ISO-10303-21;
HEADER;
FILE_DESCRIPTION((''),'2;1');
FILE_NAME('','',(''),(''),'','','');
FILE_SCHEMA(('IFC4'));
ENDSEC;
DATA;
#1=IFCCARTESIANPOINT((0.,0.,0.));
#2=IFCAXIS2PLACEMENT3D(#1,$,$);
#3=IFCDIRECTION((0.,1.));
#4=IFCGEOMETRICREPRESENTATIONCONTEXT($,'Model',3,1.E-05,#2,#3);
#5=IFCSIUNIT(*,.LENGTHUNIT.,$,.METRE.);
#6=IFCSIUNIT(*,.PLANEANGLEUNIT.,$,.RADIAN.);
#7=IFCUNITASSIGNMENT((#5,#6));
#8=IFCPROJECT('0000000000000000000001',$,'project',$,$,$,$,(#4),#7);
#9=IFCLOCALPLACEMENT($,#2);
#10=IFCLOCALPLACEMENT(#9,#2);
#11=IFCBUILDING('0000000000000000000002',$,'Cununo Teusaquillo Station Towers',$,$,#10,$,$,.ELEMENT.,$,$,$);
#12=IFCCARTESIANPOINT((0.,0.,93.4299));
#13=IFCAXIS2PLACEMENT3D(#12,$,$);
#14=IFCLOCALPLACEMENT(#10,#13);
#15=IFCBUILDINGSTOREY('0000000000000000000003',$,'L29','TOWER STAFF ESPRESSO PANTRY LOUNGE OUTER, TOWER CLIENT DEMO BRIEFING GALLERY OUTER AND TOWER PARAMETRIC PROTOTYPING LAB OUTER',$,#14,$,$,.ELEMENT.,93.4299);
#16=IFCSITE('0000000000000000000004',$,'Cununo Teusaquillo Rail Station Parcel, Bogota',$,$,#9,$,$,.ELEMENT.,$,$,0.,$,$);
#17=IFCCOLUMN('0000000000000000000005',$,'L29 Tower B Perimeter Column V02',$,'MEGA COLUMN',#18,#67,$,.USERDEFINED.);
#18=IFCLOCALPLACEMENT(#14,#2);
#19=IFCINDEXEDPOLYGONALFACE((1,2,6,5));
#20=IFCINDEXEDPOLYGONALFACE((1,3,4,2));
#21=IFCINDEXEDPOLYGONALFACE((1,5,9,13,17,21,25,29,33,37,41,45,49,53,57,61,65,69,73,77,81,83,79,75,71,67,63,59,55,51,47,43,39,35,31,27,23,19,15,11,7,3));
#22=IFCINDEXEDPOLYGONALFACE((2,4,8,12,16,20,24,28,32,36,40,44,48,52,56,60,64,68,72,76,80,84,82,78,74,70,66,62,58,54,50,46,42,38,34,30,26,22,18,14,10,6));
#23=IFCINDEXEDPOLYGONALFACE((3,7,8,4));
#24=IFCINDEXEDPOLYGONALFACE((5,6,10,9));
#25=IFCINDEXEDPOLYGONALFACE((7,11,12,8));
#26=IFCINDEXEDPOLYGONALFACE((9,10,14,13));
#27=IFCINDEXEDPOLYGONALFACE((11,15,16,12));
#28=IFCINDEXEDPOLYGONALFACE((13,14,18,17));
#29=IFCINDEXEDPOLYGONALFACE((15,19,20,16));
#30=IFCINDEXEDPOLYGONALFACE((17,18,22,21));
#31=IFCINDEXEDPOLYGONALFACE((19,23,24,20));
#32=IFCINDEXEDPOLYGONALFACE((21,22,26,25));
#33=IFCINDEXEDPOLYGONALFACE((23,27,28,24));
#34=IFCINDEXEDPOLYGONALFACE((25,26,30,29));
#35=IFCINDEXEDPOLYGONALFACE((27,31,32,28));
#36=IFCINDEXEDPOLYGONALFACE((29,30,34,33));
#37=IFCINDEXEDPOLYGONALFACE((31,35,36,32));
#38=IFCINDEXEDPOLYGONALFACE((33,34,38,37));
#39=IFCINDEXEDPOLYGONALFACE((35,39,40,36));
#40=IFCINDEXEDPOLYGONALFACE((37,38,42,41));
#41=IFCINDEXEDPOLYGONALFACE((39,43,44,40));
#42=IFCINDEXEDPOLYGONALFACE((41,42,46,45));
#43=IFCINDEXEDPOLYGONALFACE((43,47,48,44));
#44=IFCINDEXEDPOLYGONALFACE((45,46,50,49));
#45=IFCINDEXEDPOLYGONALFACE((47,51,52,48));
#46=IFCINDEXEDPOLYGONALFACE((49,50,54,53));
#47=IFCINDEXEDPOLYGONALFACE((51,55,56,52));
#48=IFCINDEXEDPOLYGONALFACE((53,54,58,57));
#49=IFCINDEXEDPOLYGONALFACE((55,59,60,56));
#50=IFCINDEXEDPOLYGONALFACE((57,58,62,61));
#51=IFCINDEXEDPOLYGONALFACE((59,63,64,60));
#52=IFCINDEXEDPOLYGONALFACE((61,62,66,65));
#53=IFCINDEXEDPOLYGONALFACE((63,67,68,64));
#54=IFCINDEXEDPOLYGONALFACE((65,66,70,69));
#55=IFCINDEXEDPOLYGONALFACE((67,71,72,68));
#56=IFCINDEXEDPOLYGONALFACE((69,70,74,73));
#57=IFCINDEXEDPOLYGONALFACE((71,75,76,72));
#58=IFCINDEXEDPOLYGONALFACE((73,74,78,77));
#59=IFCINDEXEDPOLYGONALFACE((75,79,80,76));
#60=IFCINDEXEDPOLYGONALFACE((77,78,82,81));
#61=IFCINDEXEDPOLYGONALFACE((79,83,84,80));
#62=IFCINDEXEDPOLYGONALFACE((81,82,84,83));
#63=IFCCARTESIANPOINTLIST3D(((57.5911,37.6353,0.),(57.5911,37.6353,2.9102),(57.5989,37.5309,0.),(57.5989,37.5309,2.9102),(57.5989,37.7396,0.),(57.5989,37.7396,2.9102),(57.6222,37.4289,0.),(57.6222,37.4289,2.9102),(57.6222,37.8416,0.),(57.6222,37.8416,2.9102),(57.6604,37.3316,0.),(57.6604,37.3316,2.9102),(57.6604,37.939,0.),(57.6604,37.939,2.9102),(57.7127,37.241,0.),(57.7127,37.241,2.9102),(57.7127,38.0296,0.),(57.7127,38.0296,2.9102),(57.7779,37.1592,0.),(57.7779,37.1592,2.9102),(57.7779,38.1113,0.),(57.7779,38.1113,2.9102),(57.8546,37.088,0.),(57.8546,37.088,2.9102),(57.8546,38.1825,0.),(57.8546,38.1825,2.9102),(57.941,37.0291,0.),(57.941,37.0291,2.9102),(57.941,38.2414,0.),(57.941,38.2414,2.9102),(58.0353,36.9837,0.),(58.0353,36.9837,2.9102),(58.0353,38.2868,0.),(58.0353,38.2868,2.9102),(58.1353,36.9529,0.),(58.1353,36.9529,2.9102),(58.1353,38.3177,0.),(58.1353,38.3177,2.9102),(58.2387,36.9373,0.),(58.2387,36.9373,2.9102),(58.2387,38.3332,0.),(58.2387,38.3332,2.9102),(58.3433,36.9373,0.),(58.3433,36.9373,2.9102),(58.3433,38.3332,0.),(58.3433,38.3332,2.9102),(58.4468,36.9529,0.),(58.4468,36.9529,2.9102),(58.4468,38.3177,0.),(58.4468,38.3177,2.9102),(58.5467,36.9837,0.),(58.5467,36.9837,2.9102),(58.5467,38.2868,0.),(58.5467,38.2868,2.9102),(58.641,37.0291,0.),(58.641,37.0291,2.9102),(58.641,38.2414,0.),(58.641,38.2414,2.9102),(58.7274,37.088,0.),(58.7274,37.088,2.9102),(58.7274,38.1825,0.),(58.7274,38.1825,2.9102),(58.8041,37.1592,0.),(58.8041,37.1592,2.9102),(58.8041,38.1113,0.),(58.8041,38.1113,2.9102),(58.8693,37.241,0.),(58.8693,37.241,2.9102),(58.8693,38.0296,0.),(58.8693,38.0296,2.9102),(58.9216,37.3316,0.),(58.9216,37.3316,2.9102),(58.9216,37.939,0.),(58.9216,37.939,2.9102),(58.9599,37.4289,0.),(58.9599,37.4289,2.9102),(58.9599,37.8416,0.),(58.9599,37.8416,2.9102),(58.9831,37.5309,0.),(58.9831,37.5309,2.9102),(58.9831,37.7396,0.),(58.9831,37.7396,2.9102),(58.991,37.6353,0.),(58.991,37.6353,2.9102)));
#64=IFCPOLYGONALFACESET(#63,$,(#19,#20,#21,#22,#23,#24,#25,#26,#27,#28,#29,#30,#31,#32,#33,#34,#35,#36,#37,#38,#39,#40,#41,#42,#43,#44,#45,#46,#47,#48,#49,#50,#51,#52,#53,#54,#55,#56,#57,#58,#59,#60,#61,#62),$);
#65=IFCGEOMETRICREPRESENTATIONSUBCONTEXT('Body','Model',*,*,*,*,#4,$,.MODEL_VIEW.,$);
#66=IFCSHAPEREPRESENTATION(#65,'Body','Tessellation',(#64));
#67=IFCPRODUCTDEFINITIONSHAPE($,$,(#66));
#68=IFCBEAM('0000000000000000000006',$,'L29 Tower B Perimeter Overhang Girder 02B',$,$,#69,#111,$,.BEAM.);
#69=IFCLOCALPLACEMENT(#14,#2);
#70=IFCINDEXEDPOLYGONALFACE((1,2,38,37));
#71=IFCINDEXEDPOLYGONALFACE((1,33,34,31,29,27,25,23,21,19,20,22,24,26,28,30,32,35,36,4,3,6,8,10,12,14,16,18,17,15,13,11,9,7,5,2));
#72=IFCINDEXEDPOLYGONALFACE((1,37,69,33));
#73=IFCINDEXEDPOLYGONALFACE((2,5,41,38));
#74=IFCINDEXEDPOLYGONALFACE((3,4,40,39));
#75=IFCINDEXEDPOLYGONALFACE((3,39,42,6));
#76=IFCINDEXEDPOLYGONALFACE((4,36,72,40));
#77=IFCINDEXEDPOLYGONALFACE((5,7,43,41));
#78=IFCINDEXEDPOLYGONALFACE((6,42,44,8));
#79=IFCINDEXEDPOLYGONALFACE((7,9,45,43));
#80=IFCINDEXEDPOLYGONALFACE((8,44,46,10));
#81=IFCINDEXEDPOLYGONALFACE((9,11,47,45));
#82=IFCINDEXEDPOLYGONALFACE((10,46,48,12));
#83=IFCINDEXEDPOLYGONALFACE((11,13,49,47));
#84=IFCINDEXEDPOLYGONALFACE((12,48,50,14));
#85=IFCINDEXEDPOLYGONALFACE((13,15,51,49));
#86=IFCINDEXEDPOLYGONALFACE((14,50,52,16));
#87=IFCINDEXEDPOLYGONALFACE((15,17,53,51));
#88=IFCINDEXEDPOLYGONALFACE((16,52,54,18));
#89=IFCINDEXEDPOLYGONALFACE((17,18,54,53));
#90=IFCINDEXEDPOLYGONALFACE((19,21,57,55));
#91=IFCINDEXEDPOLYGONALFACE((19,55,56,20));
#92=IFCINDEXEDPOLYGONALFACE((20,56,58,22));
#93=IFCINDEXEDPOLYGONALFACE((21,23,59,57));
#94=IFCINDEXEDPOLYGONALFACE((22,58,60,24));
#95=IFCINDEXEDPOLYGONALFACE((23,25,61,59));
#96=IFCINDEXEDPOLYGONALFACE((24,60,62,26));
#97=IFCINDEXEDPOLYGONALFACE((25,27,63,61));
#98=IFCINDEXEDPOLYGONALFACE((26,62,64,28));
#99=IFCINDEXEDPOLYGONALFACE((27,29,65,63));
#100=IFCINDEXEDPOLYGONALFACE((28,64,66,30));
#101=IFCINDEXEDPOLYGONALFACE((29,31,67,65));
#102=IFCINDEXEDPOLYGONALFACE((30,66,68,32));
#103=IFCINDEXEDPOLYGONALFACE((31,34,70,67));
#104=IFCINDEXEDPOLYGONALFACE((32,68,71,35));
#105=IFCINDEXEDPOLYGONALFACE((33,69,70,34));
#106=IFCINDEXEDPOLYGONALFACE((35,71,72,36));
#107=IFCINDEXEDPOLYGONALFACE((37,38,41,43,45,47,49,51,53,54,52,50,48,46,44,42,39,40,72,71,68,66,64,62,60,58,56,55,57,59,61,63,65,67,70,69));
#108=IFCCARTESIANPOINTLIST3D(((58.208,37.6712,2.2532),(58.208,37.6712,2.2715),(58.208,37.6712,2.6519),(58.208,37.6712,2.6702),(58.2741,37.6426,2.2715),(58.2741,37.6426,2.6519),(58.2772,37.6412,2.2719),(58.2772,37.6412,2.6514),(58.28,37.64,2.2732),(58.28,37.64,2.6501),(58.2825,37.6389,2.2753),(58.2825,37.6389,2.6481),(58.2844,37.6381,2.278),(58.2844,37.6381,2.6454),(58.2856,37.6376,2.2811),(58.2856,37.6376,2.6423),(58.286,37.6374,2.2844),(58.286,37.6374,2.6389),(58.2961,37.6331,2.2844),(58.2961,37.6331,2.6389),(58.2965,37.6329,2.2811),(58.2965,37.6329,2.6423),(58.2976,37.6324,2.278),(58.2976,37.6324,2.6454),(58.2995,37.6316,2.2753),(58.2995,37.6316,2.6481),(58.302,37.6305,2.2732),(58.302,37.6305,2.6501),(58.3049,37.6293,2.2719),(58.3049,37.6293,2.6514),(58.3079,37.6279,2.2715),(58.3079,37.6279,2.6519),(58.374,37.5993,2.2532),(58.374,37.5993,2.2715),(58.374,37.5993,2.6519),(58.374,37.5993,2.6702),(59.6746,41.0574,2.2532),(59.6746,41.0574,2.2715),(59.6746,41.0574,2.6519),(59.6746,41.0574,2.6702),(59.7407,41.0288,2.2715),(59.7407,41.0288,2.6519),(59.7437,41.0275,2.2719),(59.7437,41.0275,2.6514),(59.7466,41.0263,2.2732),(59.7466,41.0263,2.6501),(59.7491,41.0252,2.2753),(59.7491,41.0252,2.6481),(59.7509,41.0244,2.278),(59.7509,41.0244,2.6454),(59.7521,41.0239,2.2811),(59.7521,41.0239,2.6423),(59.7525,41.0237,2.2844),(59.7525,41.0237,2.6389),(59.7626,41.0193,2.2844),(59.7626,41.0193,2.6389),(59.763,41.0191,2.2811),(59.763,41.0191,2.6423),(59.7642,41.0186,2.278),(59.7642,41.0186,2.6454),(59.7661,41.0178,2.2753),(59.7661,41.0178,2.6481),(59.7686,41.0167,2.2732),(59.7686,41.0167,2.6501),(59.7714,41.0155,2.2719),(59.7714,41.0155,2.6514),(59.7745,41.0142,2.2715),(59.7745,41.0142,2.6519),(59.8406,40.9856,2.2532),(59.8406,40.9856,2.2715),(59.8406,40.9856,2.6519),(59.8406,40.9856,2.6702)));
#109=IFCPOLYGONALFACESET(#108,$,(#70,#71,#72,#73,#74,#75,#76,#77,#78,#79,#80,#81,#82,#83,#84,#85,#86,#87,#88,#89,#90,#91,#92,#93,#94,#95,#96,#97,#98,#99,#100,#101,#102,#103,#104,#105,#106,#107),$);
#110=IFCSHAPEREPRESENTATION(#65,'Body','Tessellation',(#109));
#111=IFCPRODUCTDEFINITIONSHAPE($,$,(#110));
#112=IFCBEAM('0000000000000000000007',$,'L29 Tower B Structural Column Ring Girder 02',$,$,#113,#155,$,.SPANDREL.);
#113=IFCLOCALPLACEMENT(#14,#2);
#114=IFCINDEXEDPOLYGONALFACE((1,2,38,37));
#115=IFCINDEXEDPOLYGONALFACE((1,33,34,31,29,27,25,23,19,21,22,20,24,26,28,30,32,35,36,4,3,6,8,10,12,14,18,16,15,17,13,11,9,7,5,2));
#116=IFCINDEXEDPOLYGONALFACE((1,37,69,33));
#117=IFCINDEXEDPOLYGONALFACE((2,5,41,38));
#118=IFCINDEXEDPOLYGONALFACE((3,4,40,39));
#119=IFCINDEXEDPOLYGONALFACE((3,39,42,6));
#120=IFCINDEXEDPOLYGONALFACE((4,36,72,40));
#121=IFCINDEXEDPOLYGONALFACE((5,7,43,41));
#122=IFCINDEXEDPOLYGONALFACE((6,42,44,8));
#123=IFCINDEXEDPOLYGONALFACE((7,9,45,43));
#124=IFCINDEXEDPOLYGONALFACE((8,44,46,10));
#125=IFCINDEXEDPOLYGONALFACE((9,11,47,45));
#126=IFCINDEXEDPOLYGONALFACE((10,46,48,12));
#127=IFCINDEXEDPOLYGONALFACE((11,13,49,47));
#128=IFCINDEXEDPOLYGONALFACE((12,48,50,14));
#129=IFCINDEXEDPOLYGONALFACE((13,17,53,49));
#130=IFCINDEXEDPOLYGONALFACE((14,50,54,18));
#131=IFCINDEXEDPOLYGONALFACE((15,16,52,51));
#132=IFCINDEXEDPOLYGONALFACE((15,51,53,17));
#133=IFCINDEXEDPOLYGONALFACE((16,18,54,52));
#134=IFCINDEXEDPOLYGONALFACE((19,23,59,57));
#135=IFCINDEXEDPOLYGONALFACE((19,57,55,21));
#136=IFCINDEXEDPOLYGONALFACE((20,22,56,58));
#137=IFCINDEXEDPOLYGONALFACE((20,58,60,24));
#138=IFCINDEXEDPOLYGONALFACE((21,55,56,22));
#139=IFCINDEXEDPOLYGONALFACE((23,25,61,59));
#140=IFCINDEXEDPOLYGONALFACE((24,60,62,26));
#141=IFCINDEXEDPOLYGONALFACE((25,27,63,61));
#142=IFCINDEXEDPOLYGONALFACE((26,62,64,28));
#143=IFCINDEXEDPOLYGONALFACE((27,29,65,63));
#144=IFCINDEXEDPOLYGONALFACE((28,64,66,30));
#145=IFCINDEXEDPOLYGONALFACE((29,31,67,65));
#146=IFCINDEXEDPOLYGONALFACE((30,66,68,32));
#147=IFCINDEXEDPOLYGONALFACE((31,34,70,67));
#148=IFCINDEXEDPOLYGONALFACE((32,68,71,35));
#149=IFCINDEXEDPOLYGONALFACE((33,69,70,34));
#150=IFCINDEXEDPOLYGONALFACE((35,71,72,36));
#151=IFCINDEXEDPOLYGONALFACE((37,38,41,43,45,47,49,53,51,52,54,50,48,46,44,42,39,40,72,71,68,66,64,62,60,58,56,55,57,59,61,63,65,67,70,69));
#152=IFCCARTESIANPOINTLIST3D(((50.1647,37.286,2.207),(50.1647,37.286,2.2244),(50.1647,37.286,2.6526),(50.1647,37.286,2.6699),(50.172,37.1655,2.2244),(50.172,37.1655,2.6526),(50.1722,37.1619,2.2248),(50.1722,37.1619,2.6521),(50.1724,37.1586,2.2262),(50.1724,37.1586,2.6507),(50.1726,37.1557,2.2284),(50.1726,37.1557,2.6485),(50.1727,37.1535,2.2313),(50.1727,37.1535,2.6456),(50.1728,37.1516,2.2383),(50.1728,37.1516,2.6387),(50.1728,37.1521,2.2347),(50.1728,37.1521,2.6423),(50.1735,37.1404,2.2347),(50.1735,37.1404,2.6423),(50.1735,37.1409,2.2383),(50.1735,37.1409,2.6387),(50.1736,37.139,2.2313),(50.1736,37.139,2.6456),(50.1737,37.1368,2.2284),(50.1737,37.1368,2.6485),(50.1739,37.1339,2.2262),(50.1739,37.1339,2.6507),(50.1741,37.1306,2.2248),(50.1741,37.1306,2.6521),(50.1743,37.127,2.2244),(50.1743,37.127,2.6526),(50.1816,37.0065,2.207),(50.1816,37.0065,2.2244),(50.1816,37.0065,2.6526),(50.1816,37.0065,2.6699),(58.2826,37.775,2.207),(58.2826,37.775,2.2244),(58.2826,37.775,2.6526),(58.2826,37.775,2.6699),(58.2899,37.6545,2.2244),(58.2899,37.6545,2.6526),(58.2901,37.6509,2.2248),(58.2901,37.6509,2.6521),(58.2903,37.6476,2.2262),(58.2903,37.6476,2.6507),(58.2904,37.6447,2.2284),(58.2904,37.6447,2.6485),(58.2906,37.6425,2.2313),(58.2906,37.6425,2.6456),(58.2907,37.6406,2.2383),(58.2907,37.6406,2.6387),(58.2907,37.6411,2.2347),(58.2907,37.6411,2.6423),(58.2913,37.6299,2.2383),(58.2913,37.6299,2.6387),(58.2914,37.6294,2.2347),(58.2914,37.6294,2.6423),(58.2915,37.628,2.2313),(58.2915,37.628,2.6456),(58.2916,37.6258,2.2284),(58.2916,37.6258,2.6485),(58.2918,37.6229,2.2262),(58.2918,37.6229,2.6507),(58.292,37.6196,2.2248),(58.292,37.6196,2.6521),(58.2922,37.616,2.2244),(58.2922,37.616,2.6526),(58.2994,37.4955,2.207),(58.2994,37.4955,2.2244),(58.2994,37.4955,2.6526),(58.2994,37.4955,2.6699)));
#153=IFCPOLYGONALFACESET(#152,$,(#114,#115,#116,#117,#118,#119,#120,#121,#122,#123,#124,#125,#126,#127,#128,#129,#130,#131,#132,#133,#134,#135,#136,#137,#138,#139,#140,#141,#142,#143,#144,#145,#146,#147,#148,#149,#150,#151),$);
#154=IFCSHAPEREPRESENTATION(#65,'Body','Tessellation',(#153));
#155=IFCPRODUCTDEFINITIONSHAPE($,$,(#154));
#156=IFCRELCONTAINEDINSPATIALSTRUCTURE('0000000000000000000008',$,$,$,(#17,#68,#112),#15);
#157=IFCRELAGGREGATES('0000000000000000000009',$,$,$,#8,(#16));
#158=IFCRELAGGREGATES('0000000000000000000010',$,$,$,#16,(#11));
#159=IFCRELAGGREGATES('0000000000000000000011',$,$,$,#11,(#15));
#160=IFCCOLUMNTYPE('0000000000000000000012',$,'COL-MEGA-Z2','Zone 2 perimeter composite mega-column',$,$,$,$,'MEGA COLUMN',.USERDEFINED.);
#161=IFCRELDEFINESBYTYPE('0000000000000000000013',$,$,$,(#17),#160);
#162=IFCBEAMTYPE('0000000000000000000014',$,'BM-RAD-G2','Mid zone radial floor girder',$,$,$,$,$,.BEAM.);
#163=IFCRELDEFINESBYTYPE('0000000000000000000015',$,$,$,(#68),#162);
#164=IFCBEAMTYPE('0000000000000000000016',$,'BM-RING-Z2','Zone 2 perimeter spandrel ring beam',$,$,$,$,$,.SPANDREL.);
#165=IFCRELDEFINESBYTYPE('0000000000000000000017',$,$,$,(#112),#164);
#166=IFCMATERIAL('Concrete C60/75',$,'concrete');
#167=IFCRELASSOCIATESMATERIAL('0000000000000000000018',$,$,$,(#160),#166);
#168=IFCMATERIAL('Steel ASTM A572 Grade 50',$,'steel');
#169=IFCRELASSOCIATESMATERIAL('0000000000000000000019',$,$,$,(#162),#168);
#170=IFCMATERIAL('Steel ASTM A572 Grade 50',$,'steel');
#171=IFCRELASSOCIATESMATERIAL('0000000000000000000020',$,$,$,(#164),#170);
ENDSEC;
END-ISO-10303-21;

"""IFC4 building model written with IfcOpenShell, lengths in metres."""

from ifc_helpers import new_model, si_unit, direction, frame, origin, origin_2d, place, context, subcontext, project, spatial, circle, i_section, extrude, material, material_profile, profile_set, type_object, element, save


model = new_model("IFC4")

# Units and contexts
model_context = context("Model", 3, precision=1e-05, world=origin(), true_north=direction((0.0, 1.0)))
body_context = subcontext(model_context, "Body", "Model", "MODEL_VIEW")
ifc_project = project(units=[si_unit("LENGTHUNIT", "METRE"), si_unit("PLANEANGLEUNIT", "RADIAN")], contexts=[model_context])

# Site, building, storey
site_placement = place(None, origin())
site = spatial("IfcSite", under=ifc_project, at=site_placement, Name="Cununo Teusaquillo Rail Station Parcel, Bogota", CompositionType="ELEMENT", RefElevation=0.0)
building_placement = place(site_placement, origin())
building = spatial("IfcBuilding", under=site, at=building_placement, Name="Cununo Teusaquillo Station Towers", CompositionType="ELEMENT")
storey_placement = place(building_placement, frame((0.0, 0.0, 93.4299)))
storey = spatial("IfcBuildingStorey", under=building, at=storey_placement, Name="L29", Description="TOWER STAFF ESPRESSO PANTRY LOUNGE OUTER, TOWER CLIENT DEMO BRIEFING GALLERY OUTER AND TOWER PARAMETRIC PROTOTYPING LAB OUTER", CompositionType="ELEMENT", Elevation=93.4299)

# Column
ifc_material_1 = material(Name="Concrete C60/75", Category="concrete")
ifc_material_profile_1 = material_profile(ifc_material_1, circle(Radius=0.7, at=origin_2d()), Name="RC-CIRC-1400")
ifc_profile_set_1 = profile_set([ifc_material_profile_1], Name="Concrete C60/75")
column_type = type_object("IfcColumnType", Name="COL-MEGA-Z2", Description="Zone 2 perimeter composite mega-column", ElementType="MEGA COLUMN", PredefinedType="USERDEFINED", material=ifc_profile_set_1)
column_placement = place(storey_placement, frame((58.291, 37.6353, 0.0), z_axis=(0.0, 0.0, 1.0), x_axis=(1.0, 0.0, 0.0)))
element("IfcColumn", 1, at=column_placement, inside=storey, type_object=column_type, Name="L29 Tower B Perimeter Column V02", ObjectType="MEGA COLUMN", PredefinedType="USERDEFINED", context=body_context, shape_type="SweptSolid", body=[
    extrude(circle(Radius=0.7, at=origin_2d()), origin(), (0.0, 0.0, 1.0), 2.9102),
])

# Beams
ifc_material_2 = material(Name="Steel ASTM A572 Grade 50", Category="steel")
ifc_material_profile_2 = material_profile(ifc_material_2, i_section(OverallWidth=0.1809, OverallDepth=0.417, WebThickness=0.011, FlangeThickness=0.0183, FilletRadius=0.0129, at=origin_2d()), Name="W16X57")
ifc_profile_set_2 = profile_set([ifc_material_profile_2], Name="Steel ASTM A572 Grade 50")
beam_type_1 = type_object("IfcBeamType", Name="BM-RAD-G2", Description="Mid zone radial floor girder", PredefinedType="BEAM", material=ifc_profile_set_2)
beam_1_placement = place(storey_placement, frame((58.291, 37.6353, 2.4617), z_axis=(0.397422, 0.917636, 0.0), x_axis=(-0.917636, 0.397422, 0.0)))
element("IfcBeam", 2, at=beam_1_placement, inside=storey, type_object=beam_type_1, Name="L29 Tower B Perimeter Overhang Girder 02B", PredefinedType="BEAM", context=body_context, shape_type="SweptSolid", body=[
    extrude(i_section(OverallWidth=0.1809, OverallDepth=0.417, WebThickness=0.011, FlangeThickness=0.0183, FilletRadius=0.0129, at=origin_2d()), origin(), (0.0, 0.0, 1.0), 3.6902),
])
ifc_material_3 = material(Name="Steel ASTM A572 Grade 50", Category="steel")
ifc_material_profile_3 = material_profile(ifc_material_3, i_section(OverallWidth=0.28, OverallDepth=0.4629, WebThickness=0.0107, FlangeThickness=0.0173, FilletRadius=0.0139, at=origin_2d()), Name="W18X76")
ifc_profile_set_3 = profile_set([ifc_material_profile_3], Name="Steel ASTM A572 Grade 50")
beam_type_2 = type_object("IfcBeamType", Name="BM-RING-Z2", Description="Zone 2 perimeter spandrel ring beam", PredefinedType="SPANDREL", material=ifc_profile_set_3)
beam_2_placement = place(storey_placement, frame((58.291, 37.6353, 2.4385), z_axis=(-0.998191, -0.06013, 0.0), x_axis=(0.06013, -0.998191, 0.0)))
element("IfcBeam", 3, at=beam_2_placement, inside=storey, type_object=beam_type_2, Name="L29 Tower B Structural Column Ring Girder 02", PredefinedType="SPANDREL", context=body_context, shape_type="SweptSolid", body=[
    extrude(i_section(OverallWidth=0.28, OverallDepth=0.4629, WebThickness=0.0107, FlangeThickness=0.0173, FilletRadius=0.0139, at=origin_2d()), origin(), (0.0, 0.0, 1.0), 8.1326),
])

save(model, "model.ifc")
